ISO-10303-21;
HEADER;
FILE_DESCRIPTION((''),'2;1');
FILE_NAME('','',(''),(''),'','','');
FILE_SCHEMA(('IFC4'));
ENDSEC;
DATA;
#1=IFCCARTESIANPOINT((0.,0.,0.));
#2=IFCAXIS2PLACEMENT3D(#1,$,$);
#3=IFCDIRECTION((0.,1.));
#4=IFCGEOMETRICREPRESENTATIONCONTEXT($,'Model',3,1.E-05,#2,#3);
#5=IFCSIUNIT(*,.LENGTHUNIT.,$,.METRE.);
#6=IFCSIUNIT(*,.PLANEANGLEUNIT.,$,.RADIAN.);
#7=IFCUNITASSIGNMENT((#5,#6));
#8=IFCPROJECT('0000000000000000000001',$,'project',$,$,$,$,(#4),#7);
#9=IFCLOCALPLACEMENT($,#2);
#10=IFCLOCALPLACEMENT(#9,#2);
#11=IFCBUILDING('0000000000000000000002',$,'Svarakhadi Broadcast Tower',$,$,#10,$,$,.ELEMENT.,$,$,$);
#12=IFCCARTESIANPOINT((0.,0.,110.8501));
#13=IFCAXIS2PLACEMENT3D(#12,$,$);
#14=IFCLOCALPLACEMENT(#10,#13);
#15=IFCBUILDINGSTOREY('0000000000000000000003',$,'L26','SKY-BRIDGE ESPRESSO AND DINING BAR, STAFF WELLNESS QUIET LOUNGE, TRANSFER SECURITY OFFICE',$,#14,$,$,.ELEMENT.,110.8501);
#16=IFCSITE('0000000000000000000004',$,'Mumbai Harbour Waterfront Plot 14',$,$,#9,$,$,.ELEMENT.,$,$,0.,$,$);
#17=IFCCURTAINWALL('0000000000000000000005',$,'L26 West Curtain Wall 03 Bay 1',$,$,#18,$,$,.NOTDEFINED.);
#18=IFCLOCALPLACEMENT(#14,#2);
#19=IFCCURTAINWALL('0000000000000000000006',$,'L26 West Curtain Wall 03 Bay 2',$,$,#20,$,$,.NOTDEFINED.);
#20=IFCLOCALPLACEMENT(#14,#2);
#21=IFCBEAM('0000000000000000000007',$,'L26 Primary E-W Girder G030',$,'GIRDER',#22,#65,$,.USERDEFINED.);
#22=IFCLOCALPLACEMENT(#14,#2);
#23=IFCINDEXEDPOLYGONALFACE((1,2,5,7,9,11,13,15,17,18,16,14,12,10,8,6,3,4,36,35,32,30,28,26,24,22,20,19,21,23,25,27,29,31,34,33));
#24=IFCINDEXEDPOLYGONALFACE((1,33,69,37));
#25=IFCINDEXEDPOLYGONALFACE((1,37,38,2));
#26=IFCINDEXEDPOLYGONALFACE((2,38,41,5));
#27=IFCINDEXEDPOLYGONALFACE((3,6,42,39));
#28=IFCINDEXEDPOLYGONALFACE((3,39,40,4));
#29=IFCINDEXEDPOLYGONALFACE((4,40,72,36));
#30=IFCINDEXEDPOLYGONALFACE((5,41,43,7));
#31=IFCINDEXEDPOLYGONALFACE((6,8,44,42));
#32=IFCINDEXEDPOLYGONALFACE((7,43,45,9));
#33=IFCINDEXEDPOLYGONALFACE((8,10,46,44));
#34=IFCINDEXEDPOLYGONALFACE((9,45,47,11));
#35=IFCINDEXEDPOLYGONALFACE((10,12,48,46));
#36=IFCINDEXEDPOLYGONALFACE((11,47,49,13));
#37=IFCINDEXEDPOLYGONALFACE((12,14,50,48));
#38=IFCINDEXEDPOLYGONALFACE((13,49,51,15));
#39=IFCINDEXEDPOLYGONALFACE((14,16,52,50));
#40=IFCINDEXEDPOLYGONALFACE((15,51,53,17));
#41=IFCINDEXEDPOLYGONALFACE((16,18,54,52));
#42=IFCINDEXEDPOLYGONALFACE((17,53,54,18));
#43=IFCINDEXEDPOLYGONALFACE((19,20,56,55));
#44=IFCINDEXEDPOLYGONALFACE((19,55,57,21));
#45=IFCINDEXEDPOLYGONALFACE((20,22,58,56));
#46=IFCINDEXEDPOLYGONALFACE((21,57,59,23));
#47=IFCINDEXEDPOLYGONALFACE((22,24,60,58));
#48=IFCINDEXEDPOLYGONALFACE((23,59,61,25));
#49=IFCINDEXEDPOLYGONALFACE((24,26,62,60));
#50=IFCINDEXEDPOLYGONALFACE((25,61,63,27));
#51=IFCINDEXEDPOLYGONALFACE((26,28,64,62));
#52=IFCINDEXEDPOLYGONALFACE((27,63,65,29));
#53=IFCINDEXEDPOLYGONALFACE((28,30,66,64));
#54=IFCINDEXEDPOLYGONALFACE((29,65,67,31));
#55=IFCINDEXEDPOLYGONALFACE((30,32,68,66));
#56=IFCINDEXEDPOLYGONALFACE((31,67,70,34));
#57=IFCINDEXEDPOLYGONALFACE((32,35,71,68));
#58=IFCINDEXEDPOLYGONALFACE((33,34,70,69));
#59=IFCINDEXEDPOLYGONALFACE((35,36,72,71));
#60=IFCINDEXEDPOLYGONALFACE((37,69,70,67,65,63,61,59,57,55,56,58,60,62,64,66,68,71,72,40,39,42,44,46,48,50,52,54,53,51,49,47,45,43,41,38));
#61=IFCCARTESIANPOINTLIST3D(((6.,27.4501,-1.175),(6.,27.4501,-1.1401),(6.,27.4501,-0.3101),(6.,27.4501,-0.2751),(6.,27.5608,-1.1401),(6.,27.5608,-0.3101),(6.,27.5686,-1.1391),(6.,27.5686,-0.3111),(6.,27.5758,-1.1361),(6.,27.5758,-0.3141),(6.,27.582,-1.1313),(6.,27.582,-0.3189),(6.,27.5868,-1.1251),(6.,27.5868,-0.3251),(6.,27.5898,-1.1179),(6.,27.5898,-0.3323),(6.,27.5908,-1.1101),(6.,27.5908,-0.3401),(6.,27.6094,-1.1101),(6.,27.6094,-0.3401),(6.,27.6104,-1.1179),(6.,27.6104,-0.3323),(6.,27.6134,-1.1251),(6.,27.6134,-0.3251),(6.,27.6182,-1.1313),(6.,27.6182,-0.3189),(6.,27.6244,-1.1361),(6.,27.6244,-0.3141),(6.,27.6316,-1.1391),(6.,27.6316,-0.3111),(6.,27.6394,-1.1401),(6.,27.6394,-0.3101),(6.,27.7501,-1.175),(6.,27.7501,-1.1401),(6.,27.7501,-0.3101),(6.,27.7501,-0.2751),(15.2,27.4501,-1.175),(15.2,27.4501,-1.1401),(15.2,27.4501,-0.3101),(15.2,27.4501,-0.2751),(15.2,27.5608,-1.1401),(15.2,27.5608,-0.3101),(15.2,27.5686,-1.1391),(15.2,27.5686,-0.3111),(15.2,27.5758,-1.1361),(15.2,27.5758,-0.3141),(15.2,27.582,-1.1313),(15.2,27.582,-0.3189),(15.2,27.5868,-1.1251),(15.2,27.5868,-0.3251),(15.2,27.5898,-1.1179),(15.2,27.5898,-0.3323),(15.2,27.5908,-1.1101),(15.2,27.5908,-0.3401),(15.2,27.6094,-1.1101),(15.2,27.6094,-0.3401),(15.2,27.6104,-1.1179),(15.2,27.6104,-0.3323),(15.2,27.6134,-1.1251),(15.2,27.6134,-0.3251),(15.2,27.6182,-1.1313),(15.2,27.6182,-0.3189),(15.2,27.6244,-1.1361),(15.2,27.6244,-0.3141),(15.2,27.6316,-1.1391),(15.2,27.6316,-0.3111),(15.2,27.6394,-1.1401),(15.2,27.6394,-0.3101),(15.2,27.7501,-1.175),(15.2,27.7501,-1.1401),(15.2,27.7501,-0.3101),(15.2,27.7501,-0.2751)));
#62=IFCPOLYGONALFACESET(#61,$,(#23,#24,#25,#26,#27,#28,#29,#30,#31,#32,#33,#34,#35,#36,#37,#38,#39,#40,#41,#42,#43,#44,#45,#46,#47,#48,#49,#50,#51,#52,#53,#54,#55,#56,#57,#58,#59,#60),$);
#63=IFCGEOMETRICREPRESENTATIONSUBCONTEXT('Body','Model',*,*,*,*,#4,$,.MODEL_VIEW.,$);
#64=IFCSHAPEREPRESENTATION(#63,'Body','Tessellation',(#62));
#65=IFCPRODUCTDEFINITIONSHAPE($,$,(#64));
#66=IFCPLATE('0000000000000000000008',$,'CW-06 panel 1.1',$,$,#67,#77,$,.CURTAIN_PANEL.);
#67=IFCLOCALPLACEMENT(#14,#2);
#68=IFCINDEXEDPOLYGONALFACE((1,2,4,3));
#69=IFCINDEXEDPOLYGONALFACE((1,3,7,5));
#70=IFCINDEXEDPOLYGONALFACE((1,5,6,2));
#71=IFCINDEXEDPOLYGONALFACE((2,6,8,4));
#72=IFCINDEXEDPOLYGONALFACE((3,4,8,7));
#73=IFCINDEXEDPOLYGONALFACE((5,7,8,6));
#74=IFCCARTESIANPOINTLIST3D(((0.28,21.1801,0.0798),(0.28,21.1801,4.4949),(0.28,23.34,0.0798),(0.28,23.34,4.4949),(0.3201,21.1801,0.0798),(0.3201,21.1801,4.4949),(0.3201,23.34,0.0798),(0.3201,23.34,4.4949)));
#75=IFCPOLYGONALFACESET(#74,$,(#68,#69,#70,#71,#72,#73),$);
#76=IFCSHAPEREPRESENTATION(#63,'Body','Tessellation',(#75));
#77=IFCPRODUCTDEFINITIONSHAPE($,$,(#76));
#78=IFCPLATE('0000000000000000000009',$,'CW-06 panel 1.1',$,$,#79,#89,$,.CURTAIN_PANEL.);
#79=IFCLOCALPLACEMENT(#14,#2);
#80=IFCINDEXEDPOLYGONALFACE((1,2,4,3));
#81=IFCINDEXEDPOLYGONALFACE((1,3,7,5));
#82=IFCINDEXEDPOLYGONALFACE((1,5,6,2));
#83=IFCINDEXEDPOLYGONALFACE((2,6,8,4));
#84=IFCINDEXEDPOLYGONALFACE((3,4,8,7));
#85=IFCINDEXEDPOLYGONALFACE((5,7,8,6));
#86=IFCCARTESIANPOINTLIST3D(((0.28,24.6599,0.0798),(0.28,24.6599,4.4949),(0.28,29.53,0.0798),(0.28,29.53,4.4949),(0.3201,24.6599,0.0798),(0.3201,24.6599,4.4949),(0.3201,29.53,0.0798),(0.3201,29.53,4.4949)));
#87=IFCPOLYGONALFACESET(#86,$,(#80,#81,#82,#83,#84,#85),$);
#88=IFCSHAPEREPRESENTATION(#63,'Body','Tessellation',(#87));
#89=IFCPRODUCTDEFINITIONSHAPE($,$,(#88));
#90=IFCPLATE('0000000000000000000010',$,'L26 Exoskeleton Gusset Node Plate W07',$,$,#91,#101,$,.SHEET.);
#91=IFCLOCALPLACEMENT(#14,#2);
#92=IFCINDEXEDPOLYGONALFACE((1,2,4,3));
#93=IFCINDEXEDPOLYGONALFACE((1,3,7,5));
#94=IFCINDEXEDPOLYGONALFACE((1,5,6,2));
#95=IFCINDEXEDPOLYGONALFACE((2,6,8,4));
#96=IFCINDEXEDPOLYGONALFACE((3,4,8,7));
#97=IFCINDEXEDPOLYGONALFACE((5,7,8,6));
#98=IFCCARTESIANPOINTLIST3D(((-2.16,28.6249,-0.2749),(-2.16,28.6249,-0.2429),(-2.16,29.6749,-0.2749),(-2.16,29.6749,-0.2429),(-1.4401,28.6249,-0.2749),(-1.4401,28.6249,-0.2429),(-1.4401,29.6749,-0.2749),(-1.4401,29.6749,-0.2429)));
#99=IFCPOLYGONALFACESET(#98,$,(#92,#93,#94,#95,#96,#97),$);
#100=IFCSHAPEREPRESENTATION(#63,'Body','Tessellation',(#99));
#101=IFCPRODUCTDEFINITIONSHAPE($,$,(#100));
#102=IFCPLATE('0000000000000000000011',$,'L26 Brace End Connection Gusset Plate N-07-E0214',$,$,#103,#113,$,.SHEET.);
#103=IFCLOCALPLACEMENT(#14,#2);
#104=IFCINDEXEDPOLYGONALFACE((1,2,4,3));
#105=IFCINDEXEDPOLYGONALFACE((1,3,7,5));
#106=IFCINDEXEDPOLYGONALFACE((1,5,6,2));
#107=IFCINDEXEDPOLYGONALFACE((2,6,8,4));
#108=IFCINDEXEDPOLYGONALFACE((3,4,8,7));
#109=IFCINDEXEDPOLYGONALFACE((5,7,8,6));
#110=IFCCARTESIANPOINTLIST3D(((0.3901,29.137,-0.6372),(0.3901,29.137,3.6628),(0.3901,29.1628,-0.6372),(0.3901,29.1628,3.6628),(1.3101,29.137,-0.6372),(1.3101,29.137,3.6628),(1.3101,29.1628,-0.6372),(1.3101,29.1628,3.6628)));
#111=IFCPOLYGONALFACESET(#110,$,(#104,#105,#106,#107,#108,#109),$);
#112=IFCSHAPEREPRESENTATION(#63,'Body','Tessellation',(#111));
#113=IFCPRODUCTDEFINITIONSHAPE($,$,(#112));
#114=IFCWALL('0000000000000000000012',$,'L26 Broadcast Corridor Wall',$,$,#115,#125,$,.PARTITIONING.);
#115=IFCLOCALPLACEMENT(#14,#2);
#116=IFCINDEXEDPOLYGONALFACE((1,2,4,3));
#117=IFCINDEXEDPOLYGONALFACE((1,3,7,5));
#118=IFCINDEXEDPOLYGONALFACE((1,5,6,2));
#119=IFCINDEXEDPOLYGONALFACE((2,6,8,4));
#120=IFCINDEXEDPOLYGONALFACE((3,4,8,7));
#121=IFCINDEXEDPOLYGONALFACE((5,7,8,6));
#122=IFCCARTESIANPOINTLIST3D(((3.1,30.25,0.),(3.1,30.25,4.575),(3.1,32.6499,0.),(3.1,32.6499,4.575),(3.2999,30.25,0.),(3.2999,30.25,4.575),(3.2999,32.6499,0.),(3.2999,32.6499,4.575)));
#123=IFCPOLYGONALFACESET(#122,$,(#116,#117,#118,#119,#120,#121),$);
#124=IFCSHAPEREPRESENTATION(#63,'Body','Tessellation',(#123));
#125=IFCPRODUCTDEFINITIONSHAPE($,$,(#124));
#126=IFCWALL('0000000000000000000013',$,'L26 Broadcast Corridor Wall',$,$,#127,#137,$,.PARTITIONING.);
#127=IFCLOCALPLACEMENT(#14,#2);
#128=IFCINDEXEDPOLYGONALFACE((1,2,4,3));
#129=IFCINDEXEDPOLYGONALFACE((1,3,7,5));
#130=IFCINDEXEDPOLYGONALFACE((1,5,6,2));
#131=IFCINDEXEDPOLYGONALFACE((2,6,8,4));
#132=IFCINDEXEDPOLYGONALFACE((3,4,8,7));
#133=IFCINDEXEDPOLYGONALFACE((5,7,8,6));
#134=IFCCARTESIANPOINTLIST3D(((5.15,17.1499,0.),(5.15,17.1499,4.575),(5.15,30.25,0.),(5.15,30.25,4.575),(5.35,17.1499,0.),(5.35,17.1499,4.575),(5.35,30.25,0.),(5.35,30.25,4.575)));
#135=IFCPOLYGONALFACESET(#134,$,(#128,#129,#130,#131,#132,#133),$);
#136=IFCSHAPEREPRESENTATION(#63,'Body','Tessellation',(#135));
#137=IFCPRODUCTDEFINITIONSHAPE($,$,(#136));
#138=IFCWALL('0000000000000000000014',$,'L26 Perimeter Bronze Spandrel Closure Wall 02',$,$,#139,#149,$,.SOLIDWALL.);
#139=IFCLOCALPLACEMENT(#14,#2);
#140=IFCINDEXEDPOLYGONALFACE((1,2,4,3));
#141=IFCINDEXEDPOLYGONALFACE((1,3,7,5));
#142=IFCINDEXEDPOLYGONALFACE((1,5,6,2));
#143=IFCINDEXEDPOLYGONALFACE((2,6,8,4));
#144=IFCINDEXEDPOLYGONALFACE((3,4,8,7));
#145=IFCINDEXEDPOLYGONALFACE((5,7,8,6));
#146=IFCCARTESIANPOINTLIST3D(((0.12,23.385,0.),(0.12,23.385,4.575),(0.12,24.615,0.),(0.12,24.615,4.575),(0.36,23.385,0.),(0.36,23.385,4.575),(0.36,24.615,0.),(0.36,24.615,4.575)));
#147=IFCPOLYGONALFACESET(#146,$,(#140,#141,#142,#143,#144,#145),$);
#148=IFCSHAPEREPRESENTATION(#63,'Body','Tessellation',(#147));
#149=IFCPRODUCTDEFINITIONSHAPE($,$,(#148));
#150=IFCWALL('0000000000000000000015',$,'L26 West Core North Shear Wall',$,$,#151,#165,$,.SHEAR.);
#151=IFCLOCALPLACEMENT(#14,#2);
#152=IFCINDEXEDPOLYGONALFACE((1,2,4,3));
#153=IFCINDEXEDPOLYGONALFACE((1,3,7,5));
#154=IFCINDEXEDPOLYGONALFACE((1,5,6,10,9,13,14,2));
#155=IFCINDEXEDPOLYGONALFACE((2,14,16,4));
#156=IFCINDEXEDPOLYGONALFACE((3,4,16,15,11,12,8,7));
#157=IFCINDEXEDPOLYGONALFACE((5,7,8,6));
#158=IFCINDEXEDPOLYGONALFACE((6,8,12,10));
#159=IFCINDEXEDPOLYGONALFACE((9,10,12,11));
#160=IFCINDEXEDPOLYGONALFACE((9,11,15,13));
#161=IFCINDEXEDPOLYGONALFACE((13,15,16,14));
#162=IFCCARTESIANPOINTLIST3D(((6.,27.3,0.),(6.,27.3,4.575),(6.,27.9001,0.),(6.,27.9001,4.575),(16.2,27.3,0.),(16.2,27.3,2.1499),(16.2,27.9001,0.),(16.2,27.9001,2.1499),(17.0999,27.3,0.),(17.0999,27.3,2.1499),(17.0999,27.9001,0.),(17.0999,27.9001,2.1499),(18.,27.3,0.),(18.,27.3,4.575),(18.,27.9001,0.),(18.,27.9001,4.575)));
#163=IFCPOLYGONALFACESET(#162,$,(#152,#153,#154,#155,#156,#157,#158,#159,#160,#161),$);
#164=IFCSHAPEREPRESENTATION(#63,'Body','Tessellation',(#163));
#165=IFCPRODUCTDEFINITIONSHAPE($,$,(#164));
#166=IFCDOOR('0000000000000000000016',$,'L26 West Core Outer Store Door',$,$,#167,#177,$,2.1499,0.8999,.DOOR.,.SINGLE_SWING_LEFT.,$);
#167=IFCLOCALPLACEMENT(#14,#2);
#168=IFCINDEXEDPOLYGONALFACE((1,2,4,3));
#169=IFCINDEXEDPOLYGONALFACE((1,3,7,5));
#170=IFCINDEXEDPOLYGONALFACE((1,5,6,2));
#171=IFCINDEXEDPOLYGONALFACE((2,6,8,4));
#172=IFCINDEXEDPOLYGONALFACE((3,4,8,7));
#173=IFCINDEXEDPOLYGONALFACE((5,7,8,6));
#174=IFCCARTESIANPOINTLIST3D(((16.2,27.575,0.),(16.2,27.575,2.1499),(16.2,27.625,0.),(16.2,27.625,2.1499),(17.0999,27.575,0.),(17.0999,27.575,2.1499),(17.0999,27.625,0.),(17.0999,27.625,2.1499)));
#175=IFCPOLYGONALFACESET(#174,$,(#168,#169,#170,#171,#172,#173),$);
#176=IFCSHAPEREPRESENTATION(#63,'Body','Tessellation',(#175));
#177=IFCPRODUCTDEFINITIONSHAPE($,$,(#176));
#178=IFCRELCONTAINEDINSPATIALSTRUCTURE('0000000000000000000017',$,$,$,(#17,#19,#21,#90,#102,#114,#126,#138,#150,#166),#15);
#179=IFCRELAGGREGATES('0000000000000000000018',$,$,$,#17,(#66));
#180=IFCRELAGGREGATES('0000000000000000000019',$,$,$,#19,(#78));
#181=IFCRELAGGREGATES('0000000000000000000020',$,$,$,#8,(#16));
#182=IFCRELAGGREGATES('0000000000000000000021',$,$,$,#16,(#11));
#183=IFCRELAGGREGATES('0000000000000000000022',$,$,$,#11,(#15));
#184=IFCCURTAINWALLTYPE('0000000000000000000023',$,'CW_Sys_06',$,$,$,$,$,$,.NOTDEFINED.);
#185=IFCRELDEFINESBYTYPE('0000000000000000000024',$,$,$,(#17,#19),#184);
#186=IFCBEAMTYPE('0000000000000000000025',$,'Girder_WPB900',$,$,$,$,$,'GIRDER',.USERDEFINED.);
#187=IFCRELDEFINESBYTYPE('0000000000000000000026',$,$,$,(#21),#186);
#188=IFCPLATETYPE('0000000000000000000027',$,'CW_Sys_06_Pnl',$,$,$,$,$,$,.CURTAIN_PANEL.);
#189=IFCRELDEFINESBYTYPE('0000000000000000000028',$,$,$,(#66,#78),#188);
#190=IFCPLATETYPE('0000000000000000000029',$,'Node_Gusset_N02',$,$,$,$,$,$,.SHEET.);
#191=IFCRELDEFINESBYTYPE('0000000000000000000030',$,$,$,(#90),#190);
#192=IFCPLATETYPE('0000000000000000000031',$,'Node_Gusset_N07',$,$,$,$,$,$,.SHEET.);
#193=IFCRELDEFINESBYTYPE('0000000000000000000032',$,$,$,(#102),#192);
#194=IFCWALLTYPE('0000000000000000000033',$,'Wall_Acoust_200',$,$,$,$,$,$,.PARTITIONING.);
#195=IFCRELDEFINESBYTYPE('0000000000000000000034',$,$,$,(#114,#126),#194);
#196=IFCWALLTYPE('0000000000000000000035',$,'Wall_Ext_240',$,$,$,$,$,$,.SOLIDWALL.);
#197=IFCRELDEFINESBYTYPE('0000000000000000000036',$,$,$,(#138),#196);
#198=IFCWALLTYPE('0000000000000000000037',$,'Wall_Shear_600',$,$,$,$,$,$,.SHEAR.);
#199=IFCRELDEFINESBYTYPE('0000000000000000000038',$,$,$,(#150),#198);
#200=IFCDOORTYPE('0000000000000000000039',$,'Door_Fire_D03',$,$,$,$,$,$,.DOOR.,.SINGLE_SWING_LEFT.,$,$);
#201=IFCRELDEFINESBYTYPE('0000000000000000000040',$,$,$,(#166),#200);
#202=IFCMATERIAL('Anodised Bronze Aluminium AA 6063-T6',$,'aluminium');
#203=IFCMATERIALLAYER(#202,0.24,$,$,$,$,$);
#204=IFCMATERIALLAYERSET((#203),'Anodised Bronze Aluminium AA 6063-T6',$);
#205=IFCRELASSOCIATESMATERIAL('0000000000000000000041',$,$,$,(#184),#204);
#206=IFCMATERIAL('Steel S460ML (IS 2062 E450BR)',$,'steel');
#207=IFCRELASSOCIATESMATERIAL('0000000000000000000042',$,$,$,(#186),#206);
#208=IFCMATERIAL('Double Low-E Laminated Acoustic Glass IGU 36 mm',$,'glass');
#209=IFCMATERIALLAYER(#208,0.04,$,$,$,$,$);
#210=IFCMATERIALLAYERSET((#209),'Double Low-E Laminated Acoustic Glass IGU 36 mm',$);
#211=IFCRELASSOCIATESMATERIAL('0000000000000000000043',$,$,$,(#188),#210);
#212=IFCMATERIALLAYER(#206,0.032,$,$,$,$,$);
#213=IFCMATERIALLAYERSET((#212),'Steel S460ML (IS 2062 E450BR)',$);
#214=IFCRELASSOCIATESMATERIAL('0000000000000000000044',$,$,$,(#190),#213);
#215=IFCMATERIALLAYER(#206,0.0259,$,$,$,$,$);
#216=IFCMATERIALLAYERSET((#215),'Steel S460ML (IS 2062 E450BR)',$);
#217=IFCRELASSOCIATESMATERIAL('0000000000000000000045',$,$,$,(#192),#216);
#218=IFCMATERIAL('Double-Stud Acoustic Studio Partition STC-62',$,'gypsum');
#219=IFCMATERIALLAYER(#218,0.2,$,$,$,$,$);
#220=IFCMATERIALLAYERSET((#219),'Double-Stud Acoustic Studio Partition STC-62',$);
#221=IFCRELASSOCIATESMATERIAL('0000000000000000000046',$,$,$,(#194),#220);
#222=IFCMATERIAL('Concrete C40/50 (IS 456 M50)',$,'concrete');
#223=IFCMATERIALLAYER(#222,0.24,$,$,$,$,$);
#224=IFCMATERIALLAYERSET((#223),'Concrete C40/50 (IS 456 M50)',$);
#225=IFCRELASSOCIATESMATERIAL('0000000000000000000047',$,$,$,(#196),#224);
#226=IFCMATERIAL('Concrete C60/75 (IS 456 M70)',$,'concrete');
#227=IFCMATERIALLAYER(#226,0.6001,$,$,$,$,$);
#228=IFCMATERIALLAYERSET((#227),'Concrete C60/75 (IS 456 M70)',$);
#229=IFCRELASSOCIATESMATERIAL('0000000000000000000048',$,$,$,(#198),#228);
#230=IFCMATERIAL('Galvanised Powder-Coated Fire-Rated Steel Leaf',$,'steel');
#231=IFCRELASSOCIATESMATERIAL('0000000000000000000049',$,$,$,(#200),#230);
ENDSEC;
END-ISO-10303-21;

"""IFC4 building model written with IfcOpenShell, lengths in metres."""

from ifc_helpers import new_model, si_unit, direction, frame, frame_2d, origin, origin_2d, place, context, subcontext, project, spatial, rectangle, i_section, extrude, material, layer, layer_set, material_profile, profile_set, type_object, element, fill, aggregate, save


model = new_model("IFC4")

# Units and contexts
model_context = context("Model", 3, precision=1e-05, world=origin(), true_north=direction((0.0, 1.0)))
body_context = subcontext(model_context, "Body", "Model", "MODEL_VIEW")
ifc_project = project(units=[si_unit("LENGTHUNIT", "METRE"), si_unit("PLANEANGLEUNIT", "RADIAN")], contexts=[model_context])

# Site, building, storey
site_placement = place(None, origin())
site = spatial("IfcSite", under=ifc_project, at=site_placement, Name="Mumbai Harbour Waterfront Plot 14", CompositionType="ELEMENT", RefElevation=0.0)
building_placement = place(site_placement, origin())
building = spatial("IfcBuilding", under=site, at=building_placement, Name="Svarakhadi Broadcast Tower", CompositionType="ELEMENT")
storey_placement = place(building_placement, frame((0.0, 0.0, 110.8501)))
storey = spatial("IfcBuildingStorey", under=building, at=storey_placement, Name="L26", Description="SKY-BRIDGE ESPRESSO AND DINING BAR, STAFF WELLNESS QUIET LOUNGE, TRANSFER SECURITY OFFICE", CompositionType="ELEMENT", Elevation=110.8501)

# Shared definitions
ifc_material_1 = material(Name="Steel S460ML (IS 2062 E450BR)", Category="steel")

# Curtain walls
ifc_material_2 = material(Name="Anodised Bronze Aluminium AA 6063-T6", Category="aluminium")
ifc_layer_1 = layer(ifc_material_2, 0.24)
ifc_layer_set_1 = layer_set([ifc_layer_1], Name="Anodised Bronze Aluminium AA 6063-T6")
curtain_wall_type = type_object("IfcCurtainWallType", Name="CW_Sys_06", PredefinedType="NOTDEFINED", material=ifc_layer_set_1)
curtain_wall_1_placement = place(storey_placement, origin())
curtain_wall_1 = element("IfcCurtainWall", 1, at=curtain_wall_1_placement, inside=storey, type_object=curtain_wall_type, Name="L26 West Curtain Wall 03 Bay 1", PredefinedType="NOTDEFINED")
curtain_wall_2_placement = place(storey_placement, origin())
curtain_wall_2 = element("IfcCurtainWall", 2, at=curtain_wall_2_placement, inside=storey, type_object=curtain_wall_type, Name="L26 West Curtain Wall 03 Bay 2", PredefinedType="NOTDEFINED")

# Beam
ifc_material_profile_1 = material_profile(ifc_material_1, i_section(OverallWidth=0.3, OverallDepth=0.8999, WebThickness=0.0186, FlangeThickness=0.0349, FilletRadius=0.03, at=origin_2d()), Name="WPB 900x300x291")
ifc_profile_set_1 = profile_set([ifc_material_profile_1], Name="Steel S460ML (IS 2062 E450BR)")
beam_type_1 = type_object("IfcBeamType", Name="Girder_WPB900", ElementType="GIRDER", PredefinedType="USERDEFINED", material=ifc_profile_set_1)
beam_1_placement = place(storey_placement, frame((6.0, 27.6001, -0.7251), z_axis=(1.0, 0.0, 0.0), x_axis=(0.0, 1.0, 0.0)))
element("IfcBeam", 3, at=beam_1_placement, inside=storey, type_object=beam_type_1, Name="L26 Primary E-W Girder G030", ObjectType="GIRDER", PredefinedType="USERDEFINED", context=body_context, shape_type="SweptSolid", body=[
    extrude(i_section(OverallWidth=0.3, OverallDepth=0.8999, WebThickness=0.0186, FlangeThickness=0.0349, FilletRadius=0.03, at=origin_2d()), origin(), (0.0, 0.0, 1.0), 9.2),
])

# Plates
ifc_material_3 = material(Name="Double Low-E Laminated Acoustic Glass IGU 36 mm", Category="glass")
ifc_layer_2 = layer(ifc_material_3, 0.04)
ifc_layer_set_2 = layer_set([ifc_layer_2], Name="Double Low-E Laminated Acoustic Glass IGU 36 mm")
plate_type_1 = type_object("IfcPlateType", Name="CW_Sys_06_Pnl", PredefinedType="CURTAIN_PANEL", material=ifc_layer_set_2)
plate_1_placement = place(storey_placement, frame((0.3, 22.26, 0.0798), z_axis=(0.0, 0.0, 1.0), x_axis=(0.0, 1.0, 0.0)))
plate_1 = element("IfcPlate", 4, at=plate_1_placement, type_object=plate_type_1, Name="CW-06 panel 1.1", PredefinedType="CURTAIN_PANEL", context=body_context, shape_type="SweptSolid", body=[
    extrude(rectangle(XDim=2.1599, YDim=0.04, at=origin_2d()), origin(), (0.0, 0.0, 1.0), 4.415),
])
aggregate(curtain_wall_1, [plate_1])
plate_2_placement = place(storey_placement, frame((0.3, 27.095, 0.0798), z_axis=(0.0, 0.0, 1.0), x_axis=(0.0, 1.0, 0.0)))
plate_2 = element("IfcPlate", 5, at=plate_2_placement, type_object=plate_type_1, Name="CW-06 panel 1.1", PredefinedType="CURTAIN_PANEL", context=body_context, shape_type="SweptSolid", body=[
    extrude(rectangle(XDim=4.8701, YDim=0.04, at=origin_2d()), origin(), (0.0, 0.0, 1.0), 4.415),
])
aggregate(curtain_wall_2, [plate_2])

# Plates
ifc_layer_3 = layer(ifc_material_1, 0.032)
ifc_layer_set_3 = layer_set([ifc_layer_3], Name="Steel S460ML (IS 2062 E450BR)")
plate_type_2 = type_object("IfcPlateType", Name="Node_Gusset_N02", PredefinedType="SHEET", material=ifc_layer_set_3)
plate_3_placement = place(storey_placement, frame((-1.8, 29.1499, -0.2749), z_axis=(0.0, 0.0, 1.0), x_axis=(0.0, 1.0, 0.0)))
element("IfcPlate", 6, at=plate_3_placement, inside=storey, type_object=plate_type_2, Name="L26 Exoskeleton Gusset Node Plate W07", PredefinedType="SHEET", context=body_context, shape_type="SweptSolid", body=[
    extrude(rectangle(XDim=1.05, YDim=0.72, at=origin_2d()), origin(), (0.0, 0.0, 1.0), 0.032),
])
ifc_layer_4 = layer(ifc_material_1, 0.0259)
ifc_layer_set_4 = layer_set([ifc_layer_4], Name="Steel S460ML (IS 2062 E450BR)")
plate_type_3 = type_object("IfcPlateType", Name="Node_Gusset_N07", PredefinedType="SHEET", material=ifc_layer_set_4)
plate_4_placement = place(storey_placement, frame((0.8501, 29.1499, -0.6372), z_axis=(0.0, 0.0, 1.0), x_axis=(1.0, 0.0, 0.0)))
element("IfcPlate", 7, at=plate_4_placement, inside=storey, type_object=plate_type_3, Name="L26 Brace End Connection Gusset Plate N-07-E0214", PredefinedType="SHEET", context=body_context, shape_type="SweptSolid", body=[
    extrude(rectangle(XDim=0.9199, YDim=0.0259, at=origin_2d()), origin(), (0.0, 0.0, 1.0), 4.3),
])

# Walls
ifc_material_4 = material(Name="Double-Stud Acoustic Studio Partition STC-62", Category="gypsum")
ifc_layer_5 = layer(ifc_material_4, 0.2)
ifc_layer_set_5 = layer_set([ifc_layer_5], Name="Double-Stud Acoustic Studio Partition STC-62")
wall_type_1 = type_object("IfcWallType", Name="Wall_Acoust_200", PredefinedType="PARTITIONING", material=ifc_layer_set_5)
wall_1_placement = place(storey_placement, frame((3.2, 30.25, 0.0), z_axis=(0.0, 0.0, 1.0), x_axis=(0.0, 1.0, 0.0)))
element("IfcWall", 8, at=wall_1_placement, inside=storey, type_object=wall_type_1, Name="L26 Broadcast Corridor Wall", PredefinedType="PARTITIONING", context=body_context, shape_type="SweptSolid", body=[
    extrude(rectangle(XDim=2.3999, YDim=0.2, at=frame_2d((1.2, 0.0))), origin(), (0.0, 0.0, 1.0), 4.575),
])
wall_2_placement = place(storey_placement, frame((5.25, 30.25, 0.0), z_axis=(0.0, 0.0, 1.0), x_axis=(0.0, -1.0, 0.0)))
element("IfcWall", 9, at=wall_2_placement, inside=storey, type_object=wall_type_1, Name="L26 Broadcast Corridor Wall", PredefinedType="PARTITIONING", context=body_context, shape_type="SweptSolid", body=[
    extrude(rectangle(XDim=13.1001, YDim=0.2, at=frame_2d((6.55, 0.0))), origin(), (0.0, 0.0, 1.0), 4.575),
])
ifc_material_5 = material(Name="Concrete C40/50 (IS 456 M50)", Category="concrete")
ifc_layer_6 = layer(ifc_material_5, 0.24)
ifc_layer_set_6 = layer_set([ifc_layer_6], Name="Concrete C40/50 (IS 456 M50)")
wall_type_2 = type_object("IfcWallType", Name="Wall_Ext_240", PredefinedType="SOLIDWALL", material=ifc_layer_set_6)
wall_3_placement = place(storey_placement, frame((0.24, 23.385, 0.0), z_axis=(0.0, 0.0, 1.0), x_axis=(0.0, 1.0, 0.0)))
element("IfcWall", 10, at=wall_3_placement, inside=storey, type_object=wall_type_2, Name="L26 Perimeter Bronze Spandrel Closure Wall 02", PredefinedType="SOLIDWALL", context=body_context, shape_type="SweptSolid", body=[
    extrude(rectangle(XDim=1.23, YDim=0.24, at=frame_2d((0.615, 0.0))), origin(), (0.0, 0.0, 1.0), 4.575),
])

# Wall, opening, door
ifc_material_6 = material(Name="Concrete C60/75 (IS 456 M70)", Category="concrete")
ifc_layer_7 = layer(ifc_material_6, 0.6001)
ifc_layer_set_7 = layer_set([ifc_layer_7], Name="Concrete C60/75 (IS 456 M70)")
wall_type_3 = type_object("IfcWallType", Name="Wall_Shear_600", PredefinedType="SHEAR", material=ifc_layer_set_7)
wall_4_placement = place(storey_placement, frame((6.0, 27.6001, 0.0), z_axis=(0.0, 0.0, 1.0), x_axis=(1.0, 0.0, 0.0)))
wall_4 = element("IfcWall", 11, at=wall_4_placement, inside=storey, type_object=wall_type_3, Name="L26 West Core North Shear Wall", PredefinedType="SHEAR", context=body_context, shape_type="SweptSolid", body=[
    extrude(rectangle(XDim=12.0, YDim=0.6001, at=frame_2d((6.0, 0.0))), origin(), (0.0, 0.0, 1.0), 4.575),
])
opening_placement = place(wall_4_placement, frame((10.2, 0.0, 0.0)))
opening = element("IfcOpeningElement", 12, at=opening_placement, cuts=wall_4, PredefinedType="OPENING", context=body_context, shape_type="SweptSolid", body=[
    extrude(rectangle(XDim=0.8999, YDim=2.1499, at=frame_2d((0.45, 1.075))), frame((0.0, 0.3101, 0.0), z_axis=(0.0, -1.0, 0.0), x_axis=(1.0, 0.0, 0.0)), (0.0, 0.0, 1.0), 0.6201),
])
ifc_material_7 = material(Name="Galvanised Powder-Coated Fire-Rated Steel Leaf", Category="steel")
door_type = type_object("IfcDoorType", Name="Door_Fire_D03", OperationType="SINGLE_SWING_LEFT", PredefinedType="DOOR", material=ifc_material_7)
door_placement = place(opening_placement, origin())
door = element("IfcDoor", 13, at=door_placement, inside=storey, type_object=door_type, Name="L26 West Core Outer Store Door", OperationType="SINGLE_SWING_LEFT", OverallHeight=2.1499, OverallWidth=0.8999, PredefinedType="DOOR", context=body_context, shape_type="SweptSolid", body=[
    extrude(rectangle(XDim=0.8999, YDim=2.1499, at=frame_2d((0.45, 1.075))), frame((0.0, 0.0249, 0.0), z_axis=(0.0, -1.0, 0.0), x_axis=(1.0, 0.0, 0.0)), (0.0, 0.0, 1.0), 0.05),
])
fill(opening, door)

save(model, "model.ifc")
